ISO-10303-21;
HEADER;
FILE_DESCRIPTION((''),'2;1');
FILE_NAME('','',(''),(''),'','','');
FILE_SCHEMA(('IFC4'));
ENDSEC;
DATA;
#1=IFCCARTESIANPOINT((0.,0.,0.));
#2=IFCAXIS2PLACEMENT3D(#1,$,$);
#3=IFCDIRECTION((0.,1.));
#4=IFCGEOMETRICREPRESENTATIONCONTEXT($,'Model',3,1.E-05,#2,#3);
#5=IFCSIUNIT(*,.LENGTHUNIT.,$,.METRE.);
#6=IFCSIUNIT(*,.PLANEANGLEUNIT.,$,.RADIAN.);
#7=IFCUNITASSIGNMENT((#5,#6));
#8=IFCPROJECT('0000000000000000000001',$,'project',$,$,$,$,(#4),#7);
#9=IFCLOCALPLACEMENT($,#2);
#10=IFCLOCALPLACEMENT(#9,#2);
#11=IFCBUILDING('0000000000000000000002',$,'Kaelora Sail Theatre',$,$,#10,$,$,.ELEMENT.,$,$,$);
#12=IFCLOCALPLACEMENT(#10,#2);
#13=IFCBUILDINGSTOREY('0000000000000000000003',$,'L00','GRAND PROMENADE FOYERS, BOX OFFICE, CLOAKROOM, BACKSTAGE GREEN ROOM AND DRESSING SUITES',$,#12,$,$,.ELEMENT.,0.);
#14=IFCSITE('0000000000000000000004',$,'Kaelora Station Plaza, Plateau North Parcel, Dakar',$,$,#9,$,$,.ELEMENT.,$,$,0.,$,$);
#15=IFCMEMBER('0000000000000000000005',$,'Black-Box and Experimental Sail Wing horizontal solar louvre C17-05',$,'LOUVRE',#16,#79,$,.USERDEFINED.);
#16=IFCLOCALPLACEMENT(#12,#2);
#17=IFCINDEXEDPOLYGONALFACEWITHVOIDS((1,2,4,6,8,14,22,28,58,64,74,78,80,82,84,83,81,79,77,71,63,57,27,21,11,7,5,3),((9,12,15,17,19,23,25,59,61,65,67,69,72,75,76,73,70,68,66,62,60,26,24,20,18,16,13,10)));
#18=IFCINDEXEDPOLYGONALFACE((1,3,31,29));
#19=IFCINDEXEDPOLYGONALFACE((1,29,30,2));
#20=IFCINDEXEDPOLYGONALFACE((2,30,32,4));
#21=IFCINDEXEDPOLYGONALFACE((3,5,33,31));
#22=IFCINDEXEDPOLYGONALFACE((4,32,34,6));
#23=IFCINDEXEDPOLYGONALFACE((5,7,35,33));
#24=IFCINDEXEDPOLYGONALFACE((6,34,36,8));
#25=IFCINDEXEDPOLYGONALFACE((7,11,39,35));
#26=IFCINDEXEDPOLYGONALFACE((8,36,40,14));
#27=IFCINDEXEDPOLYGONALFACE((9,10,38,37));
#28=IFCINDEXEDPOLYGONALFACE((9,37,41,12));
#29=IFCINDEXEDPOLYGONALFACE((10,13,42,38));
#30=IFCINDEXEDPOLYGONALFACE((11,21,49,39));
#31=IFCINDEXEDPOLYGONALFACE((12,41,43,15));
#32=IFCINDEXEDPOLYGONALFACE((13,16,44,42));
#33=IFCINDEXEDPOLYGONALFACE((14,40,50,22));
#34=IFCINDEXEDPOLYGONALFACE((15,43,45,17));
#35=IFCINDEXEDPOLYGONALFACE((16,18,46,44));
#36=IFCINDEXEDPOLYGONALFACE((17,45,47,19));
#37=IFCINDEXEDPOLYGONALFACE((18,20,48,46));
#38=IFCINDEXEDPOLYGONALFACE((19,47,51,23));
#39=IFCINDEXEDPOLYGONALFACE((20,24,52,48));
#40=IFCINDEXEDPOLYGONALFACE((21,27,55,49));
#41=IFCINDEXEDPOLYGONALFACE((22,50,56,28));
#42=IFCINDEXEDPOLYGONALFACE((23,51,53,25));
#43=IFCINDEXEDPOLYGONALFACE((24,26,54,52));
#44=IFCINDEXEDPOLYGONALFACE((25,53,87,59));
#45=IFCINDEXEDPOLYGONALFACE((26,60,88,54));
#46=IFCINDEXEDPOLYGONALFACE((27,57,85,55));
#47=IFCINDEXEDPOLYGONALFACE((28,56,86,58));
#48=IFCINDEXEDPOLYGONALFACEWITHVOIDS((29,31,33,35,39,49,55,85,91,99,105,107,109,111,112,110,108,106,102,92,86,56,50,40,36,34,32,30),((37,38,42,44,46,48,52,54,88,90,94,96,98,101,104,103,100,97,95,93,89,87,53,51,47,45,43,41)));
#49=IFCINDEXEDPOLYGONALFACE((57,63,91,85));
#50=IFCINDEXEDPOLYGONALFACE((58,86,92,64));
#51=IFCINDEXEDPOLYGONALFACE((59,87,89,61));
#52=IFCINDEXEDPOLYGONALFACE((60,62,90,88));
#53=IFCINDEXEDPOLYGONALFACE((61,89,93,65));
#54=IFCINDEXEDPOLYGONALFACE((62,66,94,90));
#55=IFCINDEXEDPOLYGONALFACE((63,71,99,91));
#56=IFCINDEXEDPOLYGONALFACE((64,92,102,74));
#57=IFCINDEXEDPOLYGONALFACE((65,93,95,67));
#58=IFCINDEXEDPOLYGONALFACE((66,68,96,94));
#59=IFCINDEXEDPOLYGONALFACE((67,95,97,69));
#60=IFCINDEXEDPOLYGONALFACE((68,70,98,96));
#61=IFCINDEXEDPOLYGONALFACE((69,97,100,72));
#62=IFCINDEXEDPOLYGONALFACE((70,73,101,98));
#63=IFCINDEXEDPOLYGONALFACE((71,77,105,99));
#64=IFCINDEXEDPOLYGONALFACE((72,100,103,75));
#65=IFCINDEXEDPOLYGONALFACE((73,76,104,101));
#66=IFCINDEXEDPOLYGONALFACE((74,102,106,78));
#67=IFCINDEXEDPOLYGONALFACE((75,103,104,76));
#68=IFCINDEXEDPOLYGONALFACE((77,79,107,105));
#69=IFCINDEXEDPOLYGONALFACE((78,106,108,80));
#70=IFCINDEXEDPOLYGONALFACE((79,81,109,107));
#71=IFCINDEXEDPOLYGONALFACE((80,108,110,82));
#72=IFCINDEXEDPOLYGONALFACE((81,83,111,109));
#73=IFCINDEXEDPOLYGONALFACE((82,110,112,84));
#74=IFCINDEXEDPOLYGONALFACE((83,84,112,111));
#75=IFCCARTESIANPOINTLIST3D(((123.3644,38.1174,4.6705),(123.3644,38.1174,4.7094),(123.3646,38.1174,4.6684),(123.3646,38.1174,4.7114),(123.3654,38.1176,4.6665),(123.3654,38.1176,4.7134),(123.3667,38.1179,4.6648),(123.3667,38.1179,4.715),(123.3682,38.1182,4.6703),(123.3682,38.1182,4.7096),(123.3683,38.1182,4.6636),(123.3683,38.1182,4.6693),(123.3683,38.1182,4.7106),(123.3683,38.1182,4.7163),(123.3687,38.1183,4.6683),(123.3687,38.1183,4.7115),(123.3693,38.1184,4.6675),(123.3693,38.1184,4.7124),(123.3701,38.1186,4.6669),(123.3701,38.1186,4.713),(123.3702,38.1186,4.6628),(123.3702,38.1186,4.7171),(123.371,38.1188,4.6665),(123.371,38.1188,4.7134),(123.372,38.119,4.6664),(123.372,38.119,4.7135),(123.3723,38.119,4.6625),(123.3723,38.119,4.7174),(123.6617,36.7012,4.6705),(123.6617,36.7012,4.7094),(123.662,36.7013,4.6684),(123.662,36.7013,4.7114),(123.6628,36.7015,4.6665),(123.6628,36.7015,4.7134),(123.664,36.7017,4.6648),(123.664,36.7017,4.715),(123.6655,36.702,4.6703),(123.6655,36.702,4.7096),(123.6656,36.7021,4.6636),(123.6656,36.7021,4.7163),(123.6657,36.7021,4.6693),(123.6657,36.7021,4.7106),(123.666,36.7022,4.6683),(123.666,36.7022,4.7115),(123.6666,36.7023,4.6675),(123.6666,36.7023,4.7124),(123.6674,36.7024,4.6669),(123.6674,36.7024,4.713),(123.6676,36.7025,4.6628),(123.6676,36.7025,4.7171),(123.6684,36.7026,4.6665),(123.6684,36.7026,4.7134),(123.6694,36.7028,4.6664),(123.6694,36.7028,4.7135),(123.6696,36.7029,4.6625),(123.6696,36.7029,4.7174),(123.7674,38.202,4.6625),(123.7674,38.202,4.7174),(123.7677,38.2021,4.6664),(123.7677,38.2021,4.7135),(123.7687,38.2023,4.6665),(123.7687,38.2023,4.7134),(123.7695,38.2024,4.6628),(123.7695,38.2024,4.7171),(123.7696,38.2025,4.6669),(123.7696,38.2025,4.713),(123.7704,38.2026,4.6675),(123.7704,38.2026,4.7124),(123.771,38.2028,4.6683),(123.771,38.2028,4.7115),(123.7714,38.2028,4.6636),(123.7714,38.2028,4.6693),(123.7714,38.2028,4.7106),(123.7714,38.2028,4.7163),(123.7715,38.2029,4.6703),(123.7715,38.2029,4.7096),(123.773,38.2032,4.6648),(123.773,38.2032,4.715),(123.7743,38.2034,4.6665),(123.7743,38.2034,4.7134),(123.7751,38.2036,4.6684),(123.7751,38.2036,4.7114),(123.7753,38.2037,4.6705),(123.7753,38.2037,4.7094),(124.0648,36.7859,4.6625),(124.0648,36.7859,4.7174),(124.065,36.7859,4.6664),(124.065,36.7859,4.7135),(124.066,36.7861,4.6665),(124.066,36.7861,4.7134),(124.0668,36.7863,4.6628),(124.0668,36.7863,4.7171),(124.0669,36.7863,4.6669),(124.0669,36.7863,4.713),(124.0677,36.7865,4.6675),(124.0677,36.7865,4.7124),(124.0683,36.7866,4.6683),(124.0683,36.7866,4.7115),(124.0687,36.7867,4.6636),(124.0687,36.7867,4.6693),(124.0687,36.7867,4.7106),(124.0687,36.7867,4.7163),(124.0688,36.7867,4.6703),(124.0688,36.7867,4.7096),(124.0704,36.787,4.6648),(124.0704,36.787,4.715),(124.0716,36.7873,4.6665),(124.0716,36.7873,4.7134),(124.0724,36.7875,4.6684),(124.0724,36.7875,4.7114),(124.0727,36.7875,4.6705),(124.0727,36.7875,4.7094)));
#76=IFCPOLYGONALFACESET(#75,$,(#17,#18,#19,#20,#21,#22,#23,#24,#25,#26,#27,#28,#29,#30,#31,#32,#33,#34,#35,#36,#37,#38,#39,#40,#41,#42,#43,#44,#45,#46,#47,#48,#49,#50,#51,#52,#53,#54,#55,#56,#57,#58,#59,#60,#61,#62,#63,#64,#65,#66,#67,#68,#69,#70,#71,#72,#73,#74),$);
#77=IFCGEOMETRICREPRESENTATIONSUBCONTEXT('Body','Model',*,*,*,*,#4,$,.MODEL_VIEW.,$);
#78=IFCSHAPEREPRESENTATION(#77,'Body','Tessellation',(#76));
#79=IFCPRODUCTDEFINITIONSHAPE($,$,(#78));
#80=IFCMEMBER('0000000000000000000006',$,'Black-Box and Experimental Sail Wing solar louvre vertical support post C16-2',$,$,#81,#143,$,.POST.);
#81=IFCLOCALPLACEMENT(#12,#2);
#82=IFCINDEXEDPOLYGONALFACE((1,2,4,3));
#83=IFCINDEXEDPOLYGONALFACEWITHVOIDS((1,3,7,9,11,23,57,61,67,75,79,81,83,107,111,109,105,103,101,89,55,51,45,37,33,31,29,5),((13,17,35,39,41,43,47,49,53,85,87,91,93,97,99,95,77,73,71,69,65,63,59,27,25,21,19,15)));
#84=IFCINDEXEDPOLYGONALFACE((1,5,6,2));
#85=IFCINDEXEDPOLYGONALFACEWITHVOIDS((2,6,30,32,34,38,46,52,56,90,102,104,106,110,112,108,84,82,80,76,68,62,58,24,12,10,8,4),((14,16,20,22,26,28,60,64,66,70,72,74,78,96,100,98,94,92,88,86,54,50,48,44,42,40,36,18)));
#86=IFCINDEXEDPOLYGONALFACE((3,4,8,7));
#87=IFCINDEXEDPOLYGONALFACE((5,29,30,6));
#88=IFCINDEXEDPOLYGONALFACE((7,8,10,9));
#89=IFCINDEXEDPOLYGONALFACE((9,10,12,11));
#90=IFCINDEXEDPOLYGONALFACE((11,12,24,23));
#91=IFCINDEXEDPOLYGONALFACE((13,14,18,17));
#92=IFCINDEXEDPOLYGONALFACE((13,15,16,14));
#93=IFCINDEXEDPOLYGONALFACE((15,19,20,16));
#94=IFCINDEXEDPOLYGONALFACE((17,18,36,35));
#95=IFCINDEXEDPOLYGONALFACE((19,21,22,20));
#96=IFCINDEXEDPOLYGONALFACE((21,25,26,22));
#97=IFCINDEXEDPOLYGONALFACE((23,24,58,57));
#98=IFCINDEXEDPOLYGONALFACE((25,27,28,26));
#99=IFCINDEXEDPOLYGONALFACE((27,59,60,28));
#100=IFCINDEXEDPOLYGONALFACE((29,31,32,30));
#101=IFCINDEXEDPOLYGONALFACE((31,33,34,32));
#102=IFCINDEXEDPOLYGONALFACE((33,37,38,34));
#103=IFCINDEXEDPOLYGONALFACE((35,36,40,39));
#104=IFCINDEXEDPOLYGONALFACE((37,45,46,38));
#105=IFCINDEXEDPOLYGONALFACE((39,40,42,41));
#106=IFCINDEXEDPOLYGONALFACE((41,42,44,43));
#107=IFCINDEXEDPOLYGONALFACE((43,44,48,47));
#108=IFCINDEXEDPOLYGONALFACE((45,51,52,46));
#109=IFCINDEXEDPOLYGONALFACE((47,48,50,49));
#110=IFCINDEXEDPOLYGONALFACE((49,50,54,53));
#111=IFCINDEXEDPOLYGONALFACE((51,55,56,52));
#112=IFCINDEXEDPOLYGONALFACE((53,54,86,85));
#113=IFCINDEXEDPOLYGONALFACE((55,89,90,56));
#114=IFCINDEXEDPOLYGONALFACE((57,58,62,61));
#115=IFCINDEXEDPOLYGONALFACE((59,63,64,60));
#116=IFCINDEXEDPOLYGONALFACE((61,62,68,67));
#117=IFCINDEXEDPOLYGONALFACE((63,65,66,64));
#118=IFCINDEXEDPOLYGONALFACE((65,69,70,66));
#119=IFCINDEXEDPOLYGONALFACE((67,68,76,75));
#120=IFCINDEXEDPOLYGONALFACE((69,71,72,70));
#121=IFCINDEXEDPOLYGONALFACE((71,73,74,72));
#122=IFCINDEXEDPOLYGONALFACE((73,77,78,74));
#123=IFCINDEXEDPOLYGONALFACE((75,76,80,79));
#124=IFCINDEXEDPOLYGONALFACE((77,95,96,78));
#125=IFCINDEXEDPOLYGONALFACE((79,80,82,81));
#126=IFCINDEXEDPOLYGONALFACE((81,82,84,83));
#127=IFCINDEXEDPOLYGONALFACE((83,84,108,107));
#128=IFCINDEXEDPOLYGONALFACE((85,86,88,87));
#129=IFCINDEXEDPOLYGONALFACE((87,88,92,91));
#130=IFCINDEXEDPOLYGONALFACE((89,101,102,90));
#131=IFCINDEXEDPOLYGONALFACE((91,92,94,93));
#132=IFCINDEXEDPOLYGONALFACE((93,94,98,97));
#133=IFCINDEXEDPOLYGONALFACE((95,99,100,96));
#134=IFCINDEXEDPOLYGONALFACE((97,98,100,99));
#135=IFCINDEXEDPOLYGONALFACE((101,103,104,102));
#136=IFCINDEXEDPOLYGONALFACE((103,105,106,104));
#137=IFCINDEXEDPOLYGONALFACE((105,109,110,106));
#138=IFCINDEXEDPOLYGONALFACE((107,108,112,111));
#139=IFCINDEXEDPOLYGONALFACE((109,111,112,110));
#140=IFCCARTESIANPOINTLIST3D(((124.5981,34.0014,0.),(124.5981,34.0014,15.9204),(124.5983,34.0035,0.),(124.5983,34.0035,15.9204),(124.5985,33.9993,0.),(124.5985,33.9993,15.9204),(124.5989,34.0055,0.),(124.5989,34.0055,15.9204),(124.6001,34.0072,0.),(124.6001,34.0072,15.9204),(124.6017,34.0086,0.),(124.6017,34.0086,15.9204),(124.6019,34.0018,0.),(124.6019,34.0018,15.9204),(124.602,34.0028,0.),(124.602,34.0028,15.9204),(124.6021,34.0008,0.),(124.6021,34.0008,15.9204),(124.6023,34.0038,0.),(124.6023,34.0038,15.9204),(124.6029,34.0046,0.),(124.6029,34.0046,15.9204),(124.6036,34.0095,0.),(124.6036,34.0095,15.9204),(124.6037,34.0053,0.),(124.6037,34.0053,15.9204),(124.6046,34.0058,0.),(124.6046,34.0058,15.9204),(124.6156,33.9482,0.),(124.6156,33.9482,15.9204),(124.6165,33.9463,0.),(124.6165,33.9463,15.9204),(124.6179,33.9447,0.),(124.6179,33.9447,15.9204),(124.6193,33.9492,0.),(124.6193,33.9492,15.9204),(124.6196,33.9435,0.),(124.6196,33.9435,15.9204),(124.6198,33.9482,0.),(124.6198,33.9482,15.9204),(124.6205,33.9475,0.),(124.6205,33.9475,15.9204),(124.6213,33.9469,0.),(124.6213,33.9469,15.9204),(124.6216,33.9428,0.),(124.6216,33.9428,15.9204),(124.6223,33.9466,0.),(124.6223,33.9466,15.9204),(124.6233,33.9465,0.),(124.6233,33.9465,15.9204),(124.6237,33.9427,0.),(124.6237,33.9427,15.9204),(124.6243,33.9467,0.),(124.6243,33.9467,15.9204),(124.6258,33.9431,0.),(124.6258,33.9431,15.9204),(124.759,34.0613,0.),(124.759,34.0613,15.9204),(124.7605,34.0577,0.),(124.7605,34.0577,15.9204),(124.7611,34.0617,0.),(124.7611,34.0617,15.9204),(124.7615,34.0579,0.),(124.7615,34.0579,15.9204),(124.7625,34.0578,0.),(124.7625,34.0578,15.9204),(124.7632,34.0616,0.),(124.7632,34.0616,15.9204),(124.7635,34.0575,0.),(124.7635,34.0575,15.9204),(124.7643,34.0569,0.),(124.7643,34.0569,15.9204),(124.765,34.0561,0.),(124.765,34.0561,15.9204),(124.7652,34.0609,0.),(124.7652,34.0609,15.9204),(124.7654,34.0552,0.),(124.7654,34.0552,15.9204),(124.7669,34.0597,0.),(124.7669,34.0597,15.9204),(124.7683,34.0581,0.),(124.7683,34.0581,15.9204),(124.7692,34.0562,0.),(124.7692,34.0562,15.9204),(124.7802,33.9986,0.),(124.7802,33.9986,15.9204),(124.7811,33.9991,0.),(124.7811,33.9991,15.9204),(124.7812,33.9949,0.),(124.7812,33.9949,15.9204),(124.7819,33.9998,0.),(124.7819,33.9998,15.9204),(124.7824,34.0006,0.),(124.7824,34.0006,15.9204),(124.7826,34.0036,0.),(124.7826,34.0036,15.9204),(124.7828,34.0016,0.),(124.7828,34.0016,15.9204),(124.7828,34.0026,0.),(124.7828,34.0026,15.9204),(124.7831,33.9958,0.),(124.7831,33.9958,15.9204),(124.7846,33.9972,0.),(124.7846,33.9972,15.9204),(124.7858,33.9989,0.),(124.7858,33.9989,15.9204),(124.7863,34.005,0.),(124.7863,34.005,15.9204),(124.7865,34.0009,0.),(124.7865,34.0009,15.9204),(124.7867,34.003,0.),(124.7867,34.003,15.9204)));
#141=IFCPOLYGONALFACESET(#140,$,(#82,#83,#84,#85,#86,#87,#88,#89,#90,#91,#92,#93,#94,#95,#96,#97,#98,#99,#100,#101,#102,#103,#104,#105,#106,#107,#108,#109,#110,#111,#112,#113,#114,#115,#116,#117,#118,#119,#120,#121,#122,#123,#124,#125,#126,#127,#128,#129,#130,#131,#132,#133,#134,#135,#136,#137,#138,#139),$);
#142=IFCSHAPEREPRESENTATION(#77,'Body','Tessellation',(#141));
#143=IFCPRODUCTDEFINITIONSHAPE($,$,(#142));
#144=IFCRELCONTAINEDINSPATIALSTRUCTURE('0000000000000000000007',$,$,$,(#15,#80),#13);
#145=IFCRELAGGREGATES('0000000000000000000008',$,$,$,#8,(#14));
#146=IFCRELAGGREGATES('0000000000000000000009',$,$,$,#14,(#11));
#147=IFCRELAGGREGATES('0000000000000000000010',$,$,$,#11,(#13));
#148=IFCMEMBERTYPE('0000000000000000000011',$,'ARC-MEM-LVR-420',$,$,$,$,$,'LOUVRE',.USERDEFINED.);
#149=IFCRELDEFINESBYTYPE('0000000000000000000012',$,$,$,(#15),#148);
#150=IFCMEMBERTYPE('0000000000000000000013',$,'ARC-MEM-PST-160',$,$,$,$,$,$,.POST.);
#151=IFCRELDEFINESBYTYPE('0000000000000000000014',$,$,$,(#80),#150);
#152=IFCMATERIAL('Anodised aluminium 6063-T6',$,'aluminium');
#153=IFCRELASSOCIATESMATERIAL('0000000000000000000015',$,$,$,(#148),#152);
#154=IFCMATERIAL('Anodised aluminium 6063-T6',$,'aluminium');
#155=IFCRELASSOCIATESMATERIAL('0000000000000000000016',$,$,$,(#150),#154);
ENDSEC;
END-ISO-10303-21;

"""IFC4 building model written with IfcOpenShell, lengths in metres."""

from ifc_helpers import new_model, si_unit, direction, frame, origin, origin_2d, place, context, subcontext, project, spatial, hollow_rectangle, extrude, material, material_profile, profile_set, type_object, element, save


model = new_model("IFC4")

# Units and contexts
model_context = context("Model", 3, precision=1e-05, world=origin(), true_north=direction((0.0, 1.0)))
body_context = subcontext(model_context, "Body", "Model", "MODEL_VIEW")
ifc_project = project(units=[si_unit("LENGTHUNIT", "METRE"), si_unit("PLANEANGLEUNIT", "RADIAN")], contexts=[model_context])

# Site, building, storey
site_placement = place(None, origin())
site = spatial("IfcSite", under=ifc_project, at=site_placement, Name="Kaelora Station Plaza, Plateau North Parcel, Dakar", CompositionType="ELEMENT", RefElevation=0.0)
building_placement = place(site_placement, origin())
building = spatial("IfcBuilding", under=site, at=building_placement, Name="Kaelora Sail Theatre", CompositionType="ELEMENT")
storey_placement = place(building_placement, origin())
storey = spatial("IfcBuildingStorey", under=building, at=storey_placement, Name="L00", Description="GRAND PROMENADE FOYERS, BOX OFFICE, CLOAKROOM, BACKSTAGE GREEN ROOM AND DRESSING SUITES", CompositionType="ELEMENT", Elevation=0.0)

# Members
ifc_material_1 = material(Name="Anodised aluminium 6063-T6", Category="aluminium")
ifc_material_profile_1 = material_profile(ifc_material_1, hollow_rectangle(XDim=0.4199, YDim=0.0549, WallThickness=0.0039, InnerFilletRadius=0.0039, OuterFilletRadius=0.0081, at=origin_2d()), Name="LOUVRE 420x55x4")
ifc_profile_set_1 = profile_set([ifc_material_profile_1], Name="Anodised aluminium 6063-T6")
member_type_1 = type_object("IfcMemberType", Name="ARC-MEM-LVR-420", ElementType="LOUVRE", PredefinedType="USERDEFINED", material=ifc_profile_set_1)
for number, where, z_axis, x_axis, name in (
    (1, (123.8672, 36.7444, 4.6899), (-0.205483, 0.978661, 0.0), (-0.978661, -0.205483, 0.0), "Black-Box and Experimental Sail Wing horizontal solar louvre C17-05"),
):
    element("IfcMember", number, at=place(storey_placement, frame(where, z_axis=z_axis, x_axis=x_axis)), inside=storey, type_object=member_type_1, Name=name, ObjectType="LOUVRE", PredefinedType="USERDEFINED", context=body_context, shape_type="SweptSolid", body=[
        extrude(hollow_rectangle(XDim=0.4199, YDim=0.0549, WallThickness=0.0039, InnerFilletRadius=0.0039, OuterFilletRadius=0.0081, at=origin_2d()), origin(), (0.0, 0.0, 1.0), 1.447),
    ])
ifc_material_2 = material(Name="Anodised aluminium 6063-T6", Category="aluminium")
ifc_material_profile_2 = material_profile(ifc_material_2, hollow_rectangle(XDim=0.0701, YDim=0.1799, WallThickness=0.0039, InnerFilletRadius=0.0039, OuterFilletRadius=0.0081, at=origin_2d()), Name="ALU-MULL 70x180x4")
ifc_profile_set_2 = profile_set([ifc_material_profile_2], Name="Anodised aluminium 6063-T6")
member_type_2 = type_object("IfcMemberType", Name="ARC-MEM-PST-160", PredefinedType="POST", material=ifc_profile_set_2)
for number, where, z_axis, x_axis, name in (
    (2, (124.6924, 34.0022, 0.0), (0.0, 0.0, 1.0), (-0.316146, 0.948711, 0.0), "Black-Box and Experimental Sail Wing solar louvre vertical support post C16-2"),
):
    element("IfcMember", number, at=place(storey_placement, frame(where, z_axis=z_axis, x_axis=x_axis)), inside=storey, type_object=member_type_2, Name=name, PredefinedType="POST", context=body_context, shape_type="SweptSolid", body=[
        extrude(hollow_rectangle(XDim=0.0701, YDim=0.1799, WallThickness=0.0039, InnerFilletRadius=0.0039, OuterFilletRadius=0.0081, at=origin_2d()), origin(), (0.0, 0.0, 1.0), 15.9204),
    ])

save(model, "model.ifc")
